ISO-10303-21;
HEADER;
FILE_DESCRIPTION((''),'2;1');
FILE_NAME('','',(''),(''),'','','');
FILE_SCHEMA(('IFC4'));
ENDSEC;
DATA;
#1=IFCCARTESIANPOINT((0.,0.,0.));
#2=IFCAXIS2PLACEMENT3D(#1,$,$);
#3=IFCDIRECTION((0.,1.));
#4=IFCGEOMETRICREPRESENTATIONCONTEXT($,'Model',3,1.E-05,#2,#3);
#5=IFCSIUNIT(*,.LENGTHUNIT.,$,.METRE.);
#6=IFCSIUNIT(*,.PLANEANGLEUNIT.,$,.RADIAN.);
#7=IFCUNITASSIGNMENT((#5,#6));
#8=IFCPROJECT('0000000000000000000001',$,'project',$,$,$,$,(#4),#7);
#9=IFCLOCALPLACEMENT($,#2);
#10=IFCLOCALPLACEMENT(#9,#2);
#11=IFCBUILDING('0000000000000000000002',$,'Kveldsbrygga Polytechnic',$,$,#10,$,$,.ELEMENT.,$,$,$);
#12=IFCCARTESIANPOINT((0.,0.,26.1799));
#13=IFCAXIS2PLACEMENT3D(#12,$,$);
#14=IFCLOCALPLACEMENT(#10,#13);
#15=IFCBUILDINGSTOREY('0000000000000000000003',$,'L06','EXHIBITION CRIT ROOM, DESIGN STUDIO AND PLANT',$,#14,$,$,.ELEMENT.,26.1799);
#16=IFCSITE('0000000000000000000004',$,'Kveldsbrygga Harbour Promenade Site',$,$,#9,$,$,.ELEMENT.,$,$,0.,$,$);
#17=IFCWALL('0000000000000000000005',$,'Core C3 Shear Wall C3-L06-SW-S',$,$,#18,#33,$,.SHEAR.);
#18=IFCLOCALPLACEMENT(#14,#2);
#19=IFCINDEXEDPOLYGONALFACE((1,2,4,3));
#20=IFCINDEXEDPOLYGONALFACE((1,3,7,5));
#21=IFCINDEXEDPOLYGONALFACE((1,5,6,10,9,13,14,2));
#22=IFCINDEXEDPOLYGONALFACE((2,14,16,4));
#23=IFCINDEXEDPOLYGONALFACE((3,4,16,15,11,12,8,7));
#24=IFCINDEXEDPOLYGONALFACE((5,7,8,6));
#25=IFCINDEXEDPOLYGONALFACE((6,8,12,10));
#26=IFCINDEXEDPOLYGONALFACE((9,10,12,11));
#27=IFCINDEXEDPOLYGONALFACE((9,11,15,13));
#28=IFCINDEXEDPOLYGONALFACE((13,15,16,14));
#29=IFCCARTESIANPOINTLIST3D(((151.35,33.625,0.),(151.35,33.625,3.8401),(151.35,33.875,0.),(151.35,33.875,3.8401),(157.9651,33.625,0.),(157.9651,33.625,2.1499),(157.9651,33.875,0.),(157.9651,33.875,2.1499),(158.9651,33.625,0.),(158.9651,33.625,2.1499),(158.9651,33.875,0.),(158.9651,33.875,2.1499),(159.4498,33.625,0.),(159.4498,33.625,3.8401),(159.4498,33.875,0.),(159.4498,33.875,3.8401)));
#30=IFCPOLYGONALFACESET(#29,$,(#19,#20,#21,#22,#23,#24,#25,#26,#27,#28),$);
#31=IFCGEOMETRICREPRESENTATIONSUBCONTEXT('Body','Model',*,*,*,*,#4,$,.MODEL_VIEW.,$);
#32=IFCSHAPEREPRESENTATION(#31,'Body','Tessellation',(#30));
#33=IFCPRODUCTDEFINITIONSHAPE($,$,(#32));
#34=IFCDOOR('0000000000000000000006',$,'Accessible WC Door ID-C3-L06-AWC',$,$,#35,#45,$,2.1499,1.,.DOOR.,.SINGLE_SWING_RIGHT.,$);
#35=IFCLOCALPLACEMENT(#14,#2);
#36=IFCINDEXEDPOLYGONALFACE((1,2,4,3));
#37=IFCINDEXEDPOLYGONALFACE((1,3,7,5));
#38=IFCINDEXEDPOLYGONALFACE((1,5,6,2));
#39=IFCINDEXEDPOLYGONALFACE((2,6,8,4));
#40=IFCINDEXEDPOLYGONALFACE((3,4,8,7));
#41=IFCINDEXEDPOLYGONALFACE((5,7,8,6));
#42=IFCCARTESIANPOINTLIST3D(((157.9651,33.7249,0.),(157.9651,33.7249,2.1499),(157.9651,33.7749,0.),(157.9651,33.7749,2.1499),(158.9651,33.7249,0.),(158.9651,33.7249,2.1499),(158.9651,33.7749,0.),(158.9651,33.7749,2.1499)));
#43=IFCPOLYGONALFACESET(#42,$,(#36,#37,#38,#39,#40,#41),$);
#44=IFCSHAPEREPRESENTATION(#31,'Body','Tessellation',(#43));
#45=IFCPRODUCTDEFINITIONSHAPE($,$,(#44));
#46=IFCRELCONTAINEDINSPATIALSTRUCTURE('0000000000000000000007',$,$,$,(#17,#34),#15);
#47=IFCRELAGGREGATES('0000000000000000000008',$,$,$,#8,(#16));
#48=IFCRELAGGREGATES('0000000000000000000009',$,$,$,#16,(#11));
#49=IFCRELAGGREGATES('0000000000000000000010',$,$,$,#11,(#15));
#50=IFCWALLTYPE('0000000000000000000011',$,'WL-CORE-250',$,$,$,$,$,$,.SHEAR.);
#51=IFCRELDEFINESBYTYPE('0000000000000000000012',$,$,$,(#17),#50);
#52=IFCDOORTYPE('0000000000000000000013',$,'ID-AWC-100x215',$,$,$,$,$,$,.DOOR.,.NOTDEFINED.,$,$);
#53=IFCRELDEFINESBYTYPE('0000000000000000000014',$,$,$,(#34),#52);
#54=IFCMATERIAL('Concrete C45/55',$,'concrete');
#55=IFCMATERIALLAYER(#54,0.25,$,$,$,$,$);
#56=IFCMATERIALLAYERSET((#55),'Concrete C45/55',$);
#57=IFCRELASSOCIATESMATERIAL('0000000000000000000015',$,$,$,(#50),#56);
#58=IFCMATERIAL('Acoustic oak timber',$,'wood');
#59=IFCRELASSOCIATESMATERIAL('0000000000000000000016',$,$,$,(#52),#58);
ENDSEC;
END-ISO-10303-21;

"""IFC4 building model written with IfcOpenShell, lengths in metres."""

from ifc_helpers import new_model, si_unit, direction, frame, frame_2d, origin, place, context, subcontext, project, spatial, rectangle, extrude, material, layer, layer_set, type_object, element, fill, save


model = new_model("IFC4")

# Units and contexts
model_context = context("Model", 3, precision=1e-05, world=origin(), true_north=direction((0.0, 1.0)))
body_context = subcontext(model_context, "Body", "Model", "MODEL_VIEW")
ifc_project = project(units=[si_unit("LENGTHUNIT", "METRE"), si_unit("PLANEANGLEUNIT", "RADIAN")], contexts=[model_context])

# Site, building, storey
site_placement = place(None, origin())
site = spatial("IfcSite", under=ifc_project, at=site_placement, Name="Kveldsbrygga Harbour Promenade Site", CompositionType="ELEMENT", RefElevation=0.0)
building_placement = place(site_placement, origin())
building = spatial("IfcBuilding", under=site, at=building_placement, Name="Kveldsbrygga Polytechnic", CompositionType="ELEMENT")
storey_placement = place(building_placement, frame((0.0, 0.0, 26.1799)))
storey = spatial("IfcBuildingStorey", under=building, at=storey_placement, Name="L06", Description="EXHIBITION CRIT ROOM, DESIGN STUDIO AND PLANT", CompositionType="ELEMENT", Elevation=26.1799)

# Shared definitions
ifc_material_1 = material(Name="Concrete C45/55", Category="concrete")

# Wall, opening, door
ifc_layer_1 = layer(ifc_material_1, 0.25)
ifc_layer_set_1 = layer_set([ifc_layer_1], Name="Concrete C45/55")
wall_type_1 = type_object("IfcWallType", Name="WL-CORE-250", PredefinedType="SHEAR", material=ifc_layer_set_1)
wall_1_placement = place(storey_placement, frame((151.3501, 33.75, 0.0), z_axis=(0.0, 0.0, 1.0), x_axis=(1.0, 0.0, 0.0)))
wall_1 = element("IfcWall", 1, at=wall_1_placement, inside=storey, type_object=wall_type_1, Name="Core C3 Shear Wall C3-L06-SW-S", PredefinedType="SHEAR", context=body_context, shape_type="SweptSolid", body=[
    extrude(rectangle(XDim=8.0999, YDim=0.25, at=frame_2d((4.0498, 0.0))), origin(), (0.0, 0.0, 1.0), 3.8401),
])
opening_1_placement = place(wall_1_placement, frame((6.615, 0.0, 0.0)))
opening_1 = element("IfcOpeningElement", 2, at=opening_1_placement, cuts=wall_1, PredefinedType="OPENING", context=body_context, shape_type="SweptSolid", body=[
    extrude(rectangle(XDim=1.0, YDim=2.1499, at=frame_2d((0.5, 1.075))), frame((0.0, 0.135, 0.0), z_axis=(0.0, -1.0, 0.0), x_axis=(1.0, 0.0, 0.0)), (0.0, 0.0, 1.0), 0.27),
])
ifc_material_2 = material(Name="Acoustic oak timber", Category="wood")
door_type_1 = type_object("IfcDoorType", Name="ID-AWC-100x215", OperationType="NOTDEFINED", PredefinedType="DOOR", material=ifc_material_2)
door_1_placement = place(opening_1_placement, origin())
door_1 = element("IfcDoor", 3, at=door_1_placement, inside=storey, type_object=door_type_1, Name="Accessible WC Door ID-C3-L06-AWC", OperationType="SINGLE_SWING_RIGHT", OverallHeight=2.1499, OverallWidth=1.0, PredefinedType="DOOR", context=body_context, shape_type="SweptSolid", body=[
    extrude(rectangle(XDim=1.0, YDim=2.1499, at=frame_2d((0.5, 1.075))), frame((0.0, 0.0249, 0.0), z_axis=(0.0, -1.0, 0.0), x_axis=(1.0, 0.0, 0.0)), (0.0, 0.0, 1.0), 0.05),
])
fill(opening_1, door_1)

save(model, "model.ifc")
